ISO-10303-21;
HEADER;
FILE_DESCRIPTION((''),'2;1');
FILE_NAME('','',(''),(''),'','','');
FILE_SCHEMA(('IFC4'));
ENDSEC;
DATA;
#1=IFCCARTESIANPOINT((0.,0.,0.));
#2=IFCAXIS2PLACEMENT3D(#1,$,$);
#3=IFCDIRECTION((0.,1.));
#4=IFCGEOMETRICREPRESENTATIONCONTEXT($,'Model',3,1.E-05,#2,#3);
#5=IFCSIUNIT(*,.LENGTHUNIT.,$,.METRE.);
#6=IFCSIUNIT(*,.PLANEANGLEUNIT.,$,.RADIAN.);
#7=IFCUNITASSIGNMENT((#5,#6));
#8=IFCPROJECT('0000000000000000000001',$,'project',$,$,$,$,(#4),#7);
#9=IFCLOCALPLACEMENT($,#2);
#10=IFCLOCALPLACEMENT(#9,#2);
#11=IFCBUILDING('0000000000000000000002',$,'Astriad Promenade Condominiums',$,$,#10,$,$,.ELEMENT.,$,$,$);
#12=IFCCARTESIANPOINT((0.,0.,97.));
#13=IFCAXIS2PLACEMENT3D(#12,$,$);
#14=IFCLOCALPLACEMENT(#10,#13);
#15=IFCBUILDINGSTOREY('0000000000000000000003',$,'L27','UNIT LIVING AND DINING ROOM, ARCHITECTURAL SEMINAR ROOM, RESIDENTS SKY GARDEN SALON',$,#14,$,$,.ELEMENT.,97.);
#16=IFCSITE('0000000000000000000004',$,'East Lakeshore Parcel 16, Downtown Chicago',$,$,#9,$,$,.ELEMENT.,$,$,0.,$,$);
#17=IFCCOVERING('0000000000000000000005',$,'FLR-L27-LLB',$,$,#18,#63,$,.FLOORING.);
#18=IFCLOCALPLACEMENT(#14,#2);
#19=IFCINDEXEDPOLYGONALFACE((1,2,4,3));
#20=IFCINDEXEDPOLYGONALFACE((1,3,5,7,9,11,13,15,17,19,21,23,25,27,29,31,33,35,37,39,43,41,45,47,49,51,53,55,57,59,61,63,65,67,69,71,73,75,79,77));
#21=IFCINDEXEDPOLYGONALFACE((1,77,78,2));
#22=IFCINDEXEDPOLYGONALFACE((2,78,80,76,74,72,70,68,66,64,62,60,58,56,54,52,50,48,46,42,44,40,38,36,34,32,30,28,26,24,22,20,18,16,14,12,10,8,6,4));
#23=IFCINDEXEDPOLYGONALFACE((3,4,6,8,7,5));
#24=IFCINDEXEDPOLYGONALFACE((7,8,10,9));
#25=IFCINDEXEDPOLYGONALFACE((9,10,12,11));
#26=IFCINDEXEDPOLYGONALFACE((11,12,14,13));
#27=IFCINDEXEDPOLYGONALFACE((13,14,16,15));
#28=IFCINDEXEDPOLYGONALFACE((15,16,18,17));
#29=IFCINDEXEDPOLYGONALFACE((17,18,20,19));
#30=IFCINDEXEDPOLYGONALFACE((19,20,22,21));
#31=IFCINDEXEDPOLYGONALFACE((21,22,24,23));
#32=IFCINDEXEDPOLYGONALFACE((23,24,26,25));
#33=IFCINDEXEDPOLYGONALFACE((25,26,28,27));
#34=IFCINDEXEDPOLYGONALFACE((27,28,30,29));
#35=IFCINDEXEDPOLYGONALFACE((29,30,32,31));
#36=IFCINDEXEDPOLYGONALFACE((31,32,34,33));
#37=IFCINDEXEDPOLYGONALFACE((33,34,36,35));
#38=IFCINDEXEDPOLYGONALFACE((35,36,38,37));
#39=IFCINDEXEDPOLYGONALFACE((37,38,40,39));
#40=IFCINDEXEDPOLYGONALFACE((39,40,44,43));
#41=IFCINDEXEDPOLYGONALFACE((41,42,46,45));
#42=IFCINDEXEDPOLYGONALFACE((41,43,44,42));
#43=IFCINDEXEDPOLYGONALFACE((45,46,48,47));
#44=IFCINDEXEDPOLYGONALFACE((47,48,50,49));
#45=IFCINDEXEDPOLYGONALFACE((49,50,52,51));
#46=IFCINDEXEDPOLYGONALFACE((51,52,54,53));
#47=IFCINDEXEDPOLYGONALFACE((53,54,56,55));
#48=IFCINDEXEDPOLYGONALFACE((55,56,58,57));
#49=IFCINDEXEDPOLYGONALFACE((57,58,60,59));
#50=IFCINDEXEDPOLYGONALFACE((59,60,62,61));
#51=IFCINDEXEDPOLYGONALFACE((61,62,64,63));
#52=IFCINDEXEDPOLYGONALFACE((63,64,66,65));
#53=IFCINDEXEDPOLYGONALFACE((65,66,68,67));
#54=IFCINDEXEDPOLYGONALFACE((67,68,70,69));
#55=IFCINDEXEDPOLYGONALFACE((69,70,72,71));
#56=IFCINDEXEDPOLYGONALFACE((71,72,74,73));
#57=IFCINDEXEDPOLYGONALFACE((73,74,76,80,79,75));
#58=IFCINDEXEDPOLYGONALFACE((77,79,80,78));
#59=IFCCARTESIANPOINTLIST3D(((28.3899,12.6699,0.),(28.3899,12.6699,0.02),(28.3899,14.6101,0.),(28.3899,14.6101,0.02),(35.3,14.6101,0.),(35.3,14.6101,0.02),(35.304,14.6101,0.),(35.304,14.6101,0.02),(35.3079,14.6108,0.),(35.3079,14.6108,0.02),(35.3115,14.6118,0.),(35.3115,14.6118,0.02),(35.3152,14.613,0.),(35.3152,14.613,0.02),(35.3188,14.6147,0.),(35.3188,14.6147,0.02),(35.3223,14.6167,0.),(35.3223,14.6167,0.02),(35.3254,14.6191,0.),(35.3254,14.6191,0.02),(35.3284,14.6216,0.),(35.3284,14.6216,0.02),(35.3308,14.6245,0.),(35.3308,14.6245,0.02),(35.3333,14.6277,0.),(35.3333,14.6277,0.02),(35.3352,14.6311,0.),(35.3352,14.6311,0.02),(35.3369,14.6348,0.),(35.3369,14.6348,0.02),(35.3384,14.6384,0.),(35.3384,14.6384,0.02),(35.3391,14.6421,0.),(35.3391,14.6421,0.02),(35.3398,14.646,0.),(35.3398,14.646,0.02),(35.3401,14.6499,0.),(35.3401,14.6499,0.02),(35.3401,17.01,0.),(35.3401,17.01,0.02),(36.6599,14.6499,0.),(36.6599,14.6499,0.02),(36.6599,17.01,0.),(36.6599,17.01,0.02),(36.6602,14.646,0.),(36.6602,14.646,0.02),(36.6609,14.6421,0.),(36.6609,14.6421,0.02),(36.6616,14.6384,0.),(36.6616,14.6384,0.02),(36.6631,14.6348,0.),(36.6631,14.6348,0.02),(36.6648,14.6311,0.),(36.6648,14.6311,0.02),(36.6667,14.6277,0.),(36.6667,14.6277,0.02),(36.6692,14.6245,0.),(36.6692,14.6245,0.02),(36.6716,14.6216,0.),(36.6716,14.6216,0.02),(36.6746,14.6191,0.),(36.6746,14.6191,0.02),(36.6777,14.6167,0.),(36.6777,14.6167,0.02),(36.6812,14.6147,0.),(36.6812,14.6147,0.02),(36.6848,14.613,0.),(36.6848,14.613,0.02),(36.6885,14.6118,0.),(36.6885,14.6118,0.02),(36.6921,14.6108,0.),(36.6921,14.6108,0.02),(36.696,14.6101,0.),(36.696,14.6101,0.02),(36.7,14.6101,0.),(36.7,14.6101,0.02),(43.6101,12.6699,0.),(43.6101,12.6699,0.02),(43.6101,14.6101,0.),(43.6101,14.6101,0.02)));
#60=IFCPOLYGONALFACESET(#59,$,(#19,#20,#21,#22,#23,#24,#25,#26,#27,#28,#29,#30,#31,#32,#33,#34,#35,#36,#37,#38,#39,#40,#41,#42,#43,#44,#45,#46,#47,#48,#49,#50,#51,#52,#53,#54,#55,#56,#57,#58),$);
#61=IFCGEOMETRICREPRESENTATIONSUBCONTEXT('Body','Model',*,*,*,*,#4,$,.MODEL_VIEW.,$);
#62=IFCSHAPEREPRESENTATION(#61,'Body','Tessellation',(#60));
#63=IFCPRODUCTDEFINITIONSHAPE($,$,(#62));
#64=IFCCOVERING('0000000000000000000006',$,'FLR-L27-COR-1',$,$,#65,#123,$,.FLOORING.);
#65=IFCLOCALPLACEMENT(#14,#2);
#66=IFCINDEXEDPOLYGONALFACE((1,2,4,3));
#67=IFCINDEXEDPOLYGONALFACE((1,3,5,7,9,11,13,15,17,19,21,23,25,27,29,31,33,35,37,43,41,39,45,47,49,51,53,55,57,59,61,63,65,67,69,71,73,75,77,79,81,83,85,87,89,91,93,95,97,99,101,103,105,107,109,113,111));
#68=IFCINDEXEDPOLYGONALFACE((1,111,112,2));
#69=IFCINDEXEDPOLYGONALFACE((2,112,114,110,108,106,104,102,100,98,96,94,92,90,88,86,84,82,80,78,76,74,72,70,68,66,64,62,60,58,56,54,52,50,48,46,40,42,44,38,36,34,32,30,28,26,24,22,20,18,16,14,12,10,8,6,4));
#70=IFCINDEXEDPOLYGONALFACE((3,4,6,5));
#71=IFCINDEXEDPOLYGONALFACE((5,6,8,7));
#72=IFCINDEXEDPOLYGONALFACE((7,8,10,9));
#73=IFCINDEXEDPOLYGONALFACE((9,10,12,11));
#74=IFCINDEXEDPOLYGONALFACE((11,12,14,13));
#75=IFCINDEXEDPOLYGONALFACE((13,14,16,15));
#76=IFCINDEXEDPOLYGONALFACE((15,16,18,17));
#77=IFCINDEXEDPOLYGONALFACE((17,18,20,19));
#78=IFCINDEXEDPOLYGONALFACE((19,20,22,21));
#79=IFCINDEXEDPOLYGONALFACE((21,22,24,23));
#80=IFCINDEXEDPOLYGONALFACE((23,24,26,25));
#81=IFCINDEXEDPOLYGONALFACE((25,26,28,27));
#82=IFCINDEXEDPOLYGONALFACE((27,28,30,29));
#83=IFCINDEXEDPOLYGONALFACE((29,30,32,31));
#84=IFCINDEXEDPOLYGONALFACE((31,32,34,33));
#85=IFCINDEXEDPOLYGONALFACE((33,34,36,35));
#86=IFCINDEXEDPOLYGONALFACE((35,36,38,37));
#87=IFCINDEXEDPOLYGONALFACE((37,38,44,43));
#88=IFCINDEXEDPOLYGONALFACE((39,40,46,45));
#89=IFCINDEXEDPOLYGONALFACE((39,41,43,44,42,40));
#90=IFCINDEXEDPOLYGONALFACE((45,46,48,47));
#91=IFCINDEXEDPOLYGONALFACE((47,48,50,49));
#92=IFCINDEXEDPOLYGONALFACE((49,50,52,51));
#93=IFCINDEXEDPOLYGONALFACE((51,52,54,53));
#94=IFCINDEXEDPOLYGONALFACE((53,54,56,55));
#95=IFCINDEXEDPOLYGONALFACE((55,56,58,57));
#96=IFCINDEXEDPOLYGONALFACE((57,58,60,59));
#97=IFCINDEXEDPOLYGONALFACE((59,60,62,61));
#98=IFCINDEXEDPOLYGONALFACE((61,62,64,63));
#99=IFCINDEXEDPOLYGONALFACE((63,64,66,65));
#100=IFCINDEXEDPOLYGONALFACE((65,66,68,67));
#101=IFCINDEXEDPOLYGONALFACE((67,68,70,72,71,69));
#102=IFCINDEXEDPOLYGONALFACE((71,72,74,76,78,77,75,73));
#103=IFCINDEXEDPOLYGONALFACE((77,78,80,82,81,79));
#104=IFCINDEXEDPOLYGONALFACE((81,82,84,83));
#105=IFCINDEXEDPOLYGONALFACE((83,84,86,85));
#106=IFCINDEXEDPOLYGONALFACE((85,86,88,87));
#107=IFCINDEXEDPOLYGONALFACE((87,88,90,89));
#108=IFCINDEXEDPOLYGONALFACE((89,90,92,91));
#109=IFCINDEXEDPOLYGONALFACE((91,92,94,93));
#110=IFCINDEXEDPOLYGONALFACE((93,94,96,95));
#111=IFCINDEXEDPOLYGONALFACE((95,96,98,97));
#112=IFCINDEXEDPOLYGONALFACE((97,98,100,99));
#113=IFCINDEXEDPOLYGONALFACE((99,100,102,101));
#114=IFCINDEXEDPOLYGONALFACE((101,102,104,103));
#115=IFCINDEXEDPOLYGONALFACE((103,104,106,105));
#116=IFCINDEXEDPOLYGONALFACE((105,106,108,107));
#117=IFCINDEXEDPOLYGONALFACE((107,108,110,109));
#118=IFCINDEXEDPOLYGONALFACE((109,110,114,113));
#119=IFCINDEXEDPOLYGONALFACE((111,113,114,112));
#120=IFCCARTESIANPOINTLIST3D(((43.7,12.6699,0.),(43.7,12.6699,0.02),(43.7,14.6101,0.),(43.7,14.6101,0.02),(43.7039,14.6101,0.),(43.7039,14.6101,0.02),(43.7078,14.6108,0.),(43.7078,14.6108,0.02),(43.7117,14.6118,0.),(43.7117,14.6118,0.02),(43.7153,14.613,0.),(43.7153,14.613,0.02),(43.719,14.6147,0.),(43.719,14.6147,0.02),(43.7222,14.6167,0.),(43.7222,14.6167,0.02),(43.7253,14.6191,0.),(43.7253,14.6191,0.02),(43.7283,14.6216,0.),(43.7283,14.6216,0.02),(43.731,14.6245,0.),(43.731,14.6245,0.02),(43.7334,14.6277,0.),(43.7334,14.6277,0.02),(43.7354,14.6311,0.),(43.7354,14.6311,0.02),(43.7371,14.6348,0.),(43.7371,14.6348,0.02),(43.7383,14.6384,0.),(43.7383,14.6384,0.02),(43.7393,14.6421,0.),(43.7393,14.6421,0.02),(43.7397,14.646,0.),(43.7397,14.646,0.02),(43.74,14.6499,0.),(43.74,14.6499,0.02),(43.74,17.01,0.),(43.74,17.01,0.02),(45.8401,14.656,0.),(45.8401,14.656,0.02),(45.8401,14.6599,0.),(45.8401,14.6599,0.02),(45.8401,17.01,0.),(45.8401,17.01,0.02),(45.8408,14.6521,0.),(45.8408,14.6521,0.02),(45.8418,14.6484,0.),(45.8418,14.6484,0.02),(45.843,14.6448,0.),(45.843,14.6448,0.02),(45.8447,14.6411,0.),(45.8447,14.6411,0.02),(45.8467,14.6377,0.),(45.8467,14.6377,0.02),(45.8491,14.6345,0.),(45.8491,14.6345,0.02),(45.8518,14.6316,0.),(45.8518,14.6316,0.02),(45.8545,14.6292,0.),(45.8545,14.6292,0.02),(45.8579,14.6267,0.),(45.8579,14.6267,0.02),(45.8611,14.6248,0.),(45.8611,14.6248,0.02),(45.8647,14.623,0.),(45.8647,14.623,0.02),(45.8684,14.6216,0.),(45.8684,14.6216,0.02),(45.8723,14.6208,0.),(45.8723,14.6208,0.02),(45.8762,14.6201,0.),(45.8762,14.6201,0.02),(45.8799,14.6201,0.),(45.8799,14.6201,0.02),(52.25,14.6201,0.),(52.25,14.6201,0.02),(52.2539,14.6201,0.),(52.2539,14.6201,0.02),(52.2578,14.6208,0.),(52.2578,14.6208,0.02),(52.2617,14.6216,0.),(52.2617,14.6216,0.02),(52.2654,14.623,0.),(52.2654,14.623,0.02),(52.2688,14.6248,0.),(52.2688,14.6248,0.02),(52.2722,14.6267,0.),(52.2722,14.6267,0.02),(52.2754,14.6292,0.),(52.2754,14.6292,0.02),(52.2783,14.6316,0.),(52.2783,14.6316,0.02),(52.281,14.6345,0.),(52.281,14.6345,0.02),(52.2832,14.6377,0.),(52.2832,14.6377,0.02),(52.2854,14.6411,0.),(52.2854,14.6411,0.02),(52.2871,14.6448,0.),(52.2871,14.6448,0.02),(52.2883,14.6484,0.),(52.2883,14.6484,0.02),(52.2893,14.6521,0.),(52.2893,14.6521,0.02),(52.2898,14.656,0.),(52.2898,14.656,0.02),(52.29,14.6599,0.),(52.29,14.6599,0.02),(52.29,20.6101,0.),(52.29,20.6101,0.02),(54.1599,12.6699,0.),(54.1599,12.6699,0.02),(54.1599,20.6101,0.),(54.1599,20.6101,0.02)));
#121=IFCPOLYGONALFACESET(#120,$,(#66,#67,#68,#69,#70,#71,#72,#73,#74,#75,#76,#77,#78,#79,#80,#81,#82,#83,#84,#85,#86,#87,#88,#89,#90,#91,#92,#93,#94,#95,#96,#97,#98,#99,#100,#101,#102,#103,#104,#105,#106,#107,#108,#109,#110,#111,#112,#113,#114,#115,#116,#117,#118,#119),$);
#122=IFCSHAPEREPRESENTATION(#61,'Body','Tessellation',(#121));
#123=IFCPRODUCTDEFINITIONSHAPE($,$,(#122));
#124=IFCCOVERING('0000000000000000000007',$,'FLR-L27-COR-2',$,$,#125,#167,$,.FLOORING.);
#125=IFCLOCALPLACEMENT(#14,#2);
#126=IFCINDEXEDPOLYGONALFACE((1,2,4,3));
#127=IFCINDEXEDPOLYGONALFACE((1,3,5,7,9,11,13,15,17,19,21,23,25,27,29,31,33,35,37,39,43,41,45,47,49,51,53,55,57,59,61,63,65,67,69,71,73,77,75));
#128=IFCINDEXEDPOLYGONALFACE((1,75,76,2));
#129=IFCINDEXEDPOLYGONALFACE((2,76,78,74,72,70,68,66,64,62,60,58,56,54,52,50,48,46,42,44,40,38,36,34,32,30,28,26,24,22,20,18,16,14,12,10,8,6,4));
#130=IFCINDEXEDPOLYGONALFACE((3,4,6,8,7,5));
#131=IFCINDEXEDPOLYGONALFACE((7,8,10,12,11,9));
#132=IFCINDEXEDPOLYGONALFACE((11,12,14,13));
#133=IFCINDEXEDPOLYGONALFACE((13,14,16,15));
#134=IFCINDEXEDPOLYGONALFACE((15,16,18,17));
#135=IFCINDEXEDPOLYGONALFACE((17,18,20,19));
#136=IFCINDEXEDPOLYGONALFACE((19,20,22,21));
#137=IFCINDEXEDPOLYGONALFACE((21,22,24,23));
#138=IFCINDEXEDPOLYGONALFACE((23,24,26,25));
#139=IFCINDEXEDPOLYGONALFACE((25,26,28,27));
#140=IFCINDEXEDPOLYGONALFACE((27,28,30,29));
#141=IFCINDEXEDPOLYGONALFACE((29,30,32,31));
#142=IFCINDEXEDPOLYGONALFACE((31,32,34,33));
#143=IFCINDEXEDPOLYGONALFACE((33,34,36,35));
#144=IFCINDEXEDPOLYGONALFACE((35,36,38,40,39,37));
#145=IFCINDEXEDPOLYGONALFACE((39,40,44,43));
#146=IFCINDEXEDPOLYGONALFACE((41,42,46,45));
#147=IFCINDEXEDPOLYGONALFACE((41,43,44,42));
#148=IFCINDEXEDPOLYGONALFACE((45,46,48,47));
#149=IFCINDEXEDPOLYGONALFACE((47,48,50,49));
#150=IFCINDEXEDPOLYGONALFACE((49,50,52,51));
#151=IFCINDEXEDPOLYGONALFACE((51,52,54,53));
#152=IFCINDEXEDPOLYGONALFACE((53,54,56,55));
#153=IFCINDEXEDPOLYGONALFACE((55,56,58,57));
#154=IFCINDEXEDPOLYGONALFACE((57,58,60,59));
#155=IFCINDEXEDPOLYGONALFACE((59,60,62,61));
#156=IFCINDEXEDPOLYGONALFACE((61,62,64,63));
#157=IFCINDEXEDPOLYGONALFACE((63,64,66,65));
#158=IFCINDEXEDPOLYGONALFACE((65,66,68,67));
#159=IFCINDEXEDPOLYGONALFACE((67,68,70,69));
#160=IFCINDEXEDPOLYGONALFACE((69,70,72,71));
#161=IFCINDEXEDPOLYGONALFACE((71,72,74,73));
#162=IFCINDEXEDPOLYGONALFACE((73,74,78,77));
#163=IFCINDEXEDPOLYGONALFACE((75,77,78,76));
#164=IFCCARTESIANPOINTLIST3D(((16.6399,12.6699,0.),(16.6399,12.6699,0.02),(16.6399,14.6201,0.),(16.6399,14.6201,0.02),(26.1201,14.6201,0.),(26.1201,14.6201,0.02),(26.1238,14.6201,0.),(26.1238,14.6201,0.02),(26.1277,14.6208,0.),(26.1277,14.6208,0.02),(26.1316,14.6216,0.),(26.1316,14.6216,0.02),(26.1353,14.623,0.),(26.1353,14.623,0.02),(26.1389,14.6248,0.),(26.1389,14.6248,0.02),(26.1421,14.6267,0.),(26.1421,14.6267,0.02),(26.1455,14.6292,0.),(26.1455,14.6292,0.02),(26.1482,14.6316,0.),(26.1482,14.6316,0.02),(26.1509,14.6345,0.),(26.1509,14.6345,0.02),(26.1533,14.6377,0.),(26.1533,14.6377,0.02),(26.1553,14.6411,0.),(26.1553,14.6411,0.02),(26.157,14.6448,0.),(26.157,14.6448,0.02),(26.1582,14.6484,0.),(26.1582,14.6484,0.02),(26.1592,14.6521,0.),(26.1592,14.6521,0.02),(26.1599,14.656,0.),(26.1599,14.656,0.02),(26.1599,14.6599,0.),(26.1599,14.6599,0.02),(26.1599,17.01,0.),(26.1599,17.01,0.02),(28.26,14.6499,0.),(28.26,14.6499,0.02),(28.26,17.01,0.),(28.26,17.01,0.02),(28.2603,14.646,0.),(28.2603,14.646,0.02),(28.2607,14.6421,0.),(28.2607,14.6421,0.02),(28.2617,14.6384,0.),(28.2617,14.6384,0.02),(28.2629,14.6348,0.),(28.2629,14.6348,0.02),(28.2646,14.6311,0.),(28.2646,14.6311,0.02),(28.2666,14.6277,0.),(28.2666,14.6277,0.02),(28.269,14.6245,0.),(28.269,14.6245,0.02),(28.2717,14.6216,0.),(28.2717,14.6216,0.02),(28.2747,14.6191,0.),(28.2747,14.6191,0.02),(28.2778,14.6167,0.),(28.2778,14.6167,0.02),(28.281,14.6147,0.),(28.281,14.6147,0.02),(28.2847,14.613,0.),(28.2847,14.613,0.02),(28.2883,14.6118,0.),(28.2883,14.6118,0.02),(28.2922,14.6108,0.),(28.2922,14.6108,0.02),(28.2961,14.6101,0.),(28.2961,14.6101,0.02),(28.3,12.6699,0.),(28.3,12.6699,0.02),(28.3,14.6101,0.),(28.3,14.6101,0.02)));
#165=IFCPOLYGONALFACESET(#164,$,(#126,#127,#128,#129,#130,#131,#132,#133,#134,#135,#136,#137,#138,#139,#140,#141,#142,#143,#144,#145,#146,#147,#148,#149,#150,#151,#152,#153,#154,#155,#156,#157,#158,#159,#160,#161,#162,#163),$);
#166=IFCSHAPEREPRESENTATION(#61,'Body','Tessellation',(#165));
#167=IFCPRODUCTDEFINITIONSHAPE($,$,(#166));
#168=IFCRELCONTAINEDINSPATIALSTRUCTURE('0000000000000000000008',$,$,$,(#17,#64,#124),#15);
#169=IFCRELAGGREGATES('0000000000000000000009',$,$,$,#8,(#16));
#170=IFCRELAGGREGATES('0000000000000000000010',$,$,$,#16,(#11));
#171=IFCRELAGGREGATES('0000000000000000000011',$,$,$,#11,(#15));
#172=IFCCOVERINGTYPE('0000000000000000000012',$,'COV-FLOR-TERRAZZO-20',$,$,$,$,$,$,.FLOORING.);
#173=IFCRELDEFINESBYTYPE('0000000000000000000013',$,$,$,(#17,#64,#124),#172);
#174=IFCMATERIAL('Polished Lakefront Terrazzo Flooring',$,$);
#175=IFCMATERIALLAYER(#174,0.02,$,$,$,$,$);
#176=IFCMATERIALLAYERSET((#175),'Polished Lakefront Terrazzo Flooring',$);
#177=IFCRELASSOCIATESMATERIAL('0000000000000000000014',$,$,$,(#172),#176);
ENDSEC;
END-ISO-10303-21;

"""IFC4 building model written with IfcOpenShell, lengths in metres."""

from ifc_helpers import new_model, si_unit, direction, frame, origin, place, context, subcontext, project, spatial, polyline, outline, extrude, material, layer, layer_set, type_object, element, save


model = new_model("IFC4")

# Units and contexts
model_context = context("Model", 3, precision=1e-05, world=origin(), true_north=direction((0.0, 1.0)))
body_context = subcontext(model_context, "Body", "Model", "MODEL_VIEW")
ifc_project = project(units=[si_unit("LENGTHUNIT", "METRE"), si_unit("PLANEANGLEUNIT", "RADIAN")], contexts=[model_context])

# Site, building, storey
site_placement = place(None, origin())
site = spatial("IfcSite", under=ifc_project, at=site_placement, Name="East Lakeshore Parcel 16, Downtown Chicago", CompositionType="ELEMENT", RefElevation=0.0)
building_placement = place(site_placement, origin())
building = spatial("IfcBuilding", under=site, at=building_placement, Name="Astriad Promenade Condominiums", CompositionType="ELEMENT")
storey_placement = place(building_placement, frame((0.0, 0.0, 97.0)))
storey = spatial("IfcBuildingStorey", under=building, at=storey_placement, Name="L27", Description="UNIT LIVING AND DINING ROOM, ARCHITECTURAL SEMINAR ROOM, RESIDENTS SKY GARDEN SALON", CompositionType="ELEMENT", Elevation=97.0)

# Coverings
ifc_material_1 = material(Name="Polished Lakefront Terrazzo Flooring")
ifc_layer_1 = layer(ifc_material_1, 0.02)
ifc_layer_set_1 = layer_set([ifc_layer_1], Name="Polished Lakefront Terrazzo Flooring")
covering_type = type_object("IfcCoveringType", Name="COV-FLOR-TERRAZZO-20", PredefinedType="FLOORING", material=ifc_layer_set_1)
covering_1_placement = place(storey_placement, origin())
element("IfcCovering", 1, at=covering_1_placement, inside=storey, type_object=covering_type, Name="FLR-L27-LLB", PredefinedType="FLOORING", context=body_context, shape_type="SweptSolid", body=[
    extrude(outline(polyline([(43.6101, 14.6101), (43.6101, 12.6699), (28.3899, 12.6699), (28.3899, 14.6101), (35.3, 14.6101), (35.304, 14.6101), (35.3079, 14.6108), (35.3115, 14.6118), (35.3152, 14.613), (35.3188, 14.6147), (35.3223, 14.6167), (35.3254, 14.6191), (35.3284, 14.6216), (35.3308, 14.6245), (35.3333, 14.6277), (35.3352, 14.6311), (35.3369, 14.6348), (35.3384, 14.6384), (35.3391, 14.6421), (35.3398, 14.646), (35.3401, 14.6499), (35.3401, 17.01), (36.6599, 17.01), (36.6599, 14.6499), (36.6602, 14.646), (36.6609, 14.6421), (36.6616, 14.6384), (36.6631, 14.6348), (36.6648, 14.6311), (36.6667, 14.6277), (36.6692, 14.6245), (36.6716, 14.6216), (36.6746, 14.6191), (36.6777, 14.6167), (36.6812, 14.6147), (36.6848, 14.613), (36.6885, 14.6118), (36.6921, 14.6108), (36.696, 14.6101), (36.7, 14.6101), (43.6101, 14.6101)])), origin(), (0.0, 0.0, 1.0), 0.02),
])
covering_2_placement = place(storey_placement, origin())
element("IfcCovering", 2, at=covering_2_placement, inside=storey, type_object=covering_type, Name="FLR-L27-COR-1", PredefinedType="FLOORING", context=body_context, shape_type="SweptSolid", body=[
    extrude(outline(polyline([(43.7, 12.6699), (43.7, 14.6101), (43.7039, 14.6101), (43.7078, 14.6108), (43.7117, 14.6118), (43.7153, 14.613), (43.719, 14.6147), (43.7222, 14.6167), (43.7253, 14.6191), (43.7283, 14.6216), (43.731, 14.6245), (43.7334, 14.6277), (43.7354, 14.6311), (43.7371, 14.6348), (43.7383, 14.6384), (43.7393, 14.6421), (43.7397, 14.646), (43.74, 14.6499), (43.74, 17.01), (45.8401, 17.01), (45.8401, 14.6599), (45.8401, 14.656), (45.8408, 14.6521), (45.8418, 14.6484), (45.843, 14.6448), (45.8447, 14.6411), (45.8467, 14.6377), (45.8491, 14.6345), (45.8518, 14.6316), (45.8545, 14.6292), (45.8579, 14.6267), (45.8611, 14.6248), (45.8647, 14.623), (45.8684, 14.6216), (45.8723, 14.6208), (45.8762, 14.6201), (45.8799, 14.6201), (52.25, 14.6201), (52.2539, 14.6201), (52.2578, 14.6208), (52.2617, 14.6216), (52.2654, 14.623), (52.2688, 14.6248), (52.2722, 14.6267), (52.2754, 14.6292), (52.2783, 14.6316), (52.281, 14.6345), (52.2832, 14.6377), (52.2854, 14.6411), (52.2871, 14.6448), (52.2883, 14.6484), (52.2893, 14.6521), (52.2898, 14.656), (52.29, 14.6599), (52.29, 20.6101), (54.1599, 20.6101), (54.1599, 12.6699), (43.7, 12.6699)])), origin(), (0.0, 0.0, 1.0), 0.02),
])
covering_3_placement = place(storey_placement, origin())
element("IfcCovering", 3, at=covering_3_placement, inside=storey, type_object=covering_type, Name="FLR-L27-COR-2", PredefinedType="FLOORING", context=body_context, shape_type="SweptSolid", body=[
    extrude(outline(polyline([(28.3, 12.6699), (16.6399, 12.6699), (16.6399, 14.6201), (26.1201, 14.6201), (26.1238, 14.6201), (26.1277, 14.6208), (26.1316, 14.6216), (26.1353, 14.623), (26.1389, 14.6248), (26.1421, 14.6267), (26.1455, 14.6292), (26.1482, 14.6316), (26.1509, 14.6345), (26.1533, 14.6377), (26.1553, 14.6411), (26.157, 14.6448), (26.1582, 14.6484), (26.1592, 14.6521), (26.1599, 14.656), (26.1599, 14.6599), (26.1599, 17.01), (28.26, 17.01), (28.26, 14.6499), (28.2603, 14.646), (28.2607, 14.6421), (28.2617, 14.6384), (28.2629, 14.6348), (28.2646, 14.6311), (28.2666, 14.6277), (28.269, 14.6245), (28.2717, 14.6216), (28.2747, 14.6191), (28.2778, 14.6167), (28.281, 14.6147), (28.2847, 14.613), (28.2883, 14.6118), (28.2922, 14.6108), (28.2961, 14.6101), (28.3, 14.6101), (28.3, 12.6699)])), origin(), (0.0, 0.0, 1.0), 0.02),
])

save(model, "model.ifc")
